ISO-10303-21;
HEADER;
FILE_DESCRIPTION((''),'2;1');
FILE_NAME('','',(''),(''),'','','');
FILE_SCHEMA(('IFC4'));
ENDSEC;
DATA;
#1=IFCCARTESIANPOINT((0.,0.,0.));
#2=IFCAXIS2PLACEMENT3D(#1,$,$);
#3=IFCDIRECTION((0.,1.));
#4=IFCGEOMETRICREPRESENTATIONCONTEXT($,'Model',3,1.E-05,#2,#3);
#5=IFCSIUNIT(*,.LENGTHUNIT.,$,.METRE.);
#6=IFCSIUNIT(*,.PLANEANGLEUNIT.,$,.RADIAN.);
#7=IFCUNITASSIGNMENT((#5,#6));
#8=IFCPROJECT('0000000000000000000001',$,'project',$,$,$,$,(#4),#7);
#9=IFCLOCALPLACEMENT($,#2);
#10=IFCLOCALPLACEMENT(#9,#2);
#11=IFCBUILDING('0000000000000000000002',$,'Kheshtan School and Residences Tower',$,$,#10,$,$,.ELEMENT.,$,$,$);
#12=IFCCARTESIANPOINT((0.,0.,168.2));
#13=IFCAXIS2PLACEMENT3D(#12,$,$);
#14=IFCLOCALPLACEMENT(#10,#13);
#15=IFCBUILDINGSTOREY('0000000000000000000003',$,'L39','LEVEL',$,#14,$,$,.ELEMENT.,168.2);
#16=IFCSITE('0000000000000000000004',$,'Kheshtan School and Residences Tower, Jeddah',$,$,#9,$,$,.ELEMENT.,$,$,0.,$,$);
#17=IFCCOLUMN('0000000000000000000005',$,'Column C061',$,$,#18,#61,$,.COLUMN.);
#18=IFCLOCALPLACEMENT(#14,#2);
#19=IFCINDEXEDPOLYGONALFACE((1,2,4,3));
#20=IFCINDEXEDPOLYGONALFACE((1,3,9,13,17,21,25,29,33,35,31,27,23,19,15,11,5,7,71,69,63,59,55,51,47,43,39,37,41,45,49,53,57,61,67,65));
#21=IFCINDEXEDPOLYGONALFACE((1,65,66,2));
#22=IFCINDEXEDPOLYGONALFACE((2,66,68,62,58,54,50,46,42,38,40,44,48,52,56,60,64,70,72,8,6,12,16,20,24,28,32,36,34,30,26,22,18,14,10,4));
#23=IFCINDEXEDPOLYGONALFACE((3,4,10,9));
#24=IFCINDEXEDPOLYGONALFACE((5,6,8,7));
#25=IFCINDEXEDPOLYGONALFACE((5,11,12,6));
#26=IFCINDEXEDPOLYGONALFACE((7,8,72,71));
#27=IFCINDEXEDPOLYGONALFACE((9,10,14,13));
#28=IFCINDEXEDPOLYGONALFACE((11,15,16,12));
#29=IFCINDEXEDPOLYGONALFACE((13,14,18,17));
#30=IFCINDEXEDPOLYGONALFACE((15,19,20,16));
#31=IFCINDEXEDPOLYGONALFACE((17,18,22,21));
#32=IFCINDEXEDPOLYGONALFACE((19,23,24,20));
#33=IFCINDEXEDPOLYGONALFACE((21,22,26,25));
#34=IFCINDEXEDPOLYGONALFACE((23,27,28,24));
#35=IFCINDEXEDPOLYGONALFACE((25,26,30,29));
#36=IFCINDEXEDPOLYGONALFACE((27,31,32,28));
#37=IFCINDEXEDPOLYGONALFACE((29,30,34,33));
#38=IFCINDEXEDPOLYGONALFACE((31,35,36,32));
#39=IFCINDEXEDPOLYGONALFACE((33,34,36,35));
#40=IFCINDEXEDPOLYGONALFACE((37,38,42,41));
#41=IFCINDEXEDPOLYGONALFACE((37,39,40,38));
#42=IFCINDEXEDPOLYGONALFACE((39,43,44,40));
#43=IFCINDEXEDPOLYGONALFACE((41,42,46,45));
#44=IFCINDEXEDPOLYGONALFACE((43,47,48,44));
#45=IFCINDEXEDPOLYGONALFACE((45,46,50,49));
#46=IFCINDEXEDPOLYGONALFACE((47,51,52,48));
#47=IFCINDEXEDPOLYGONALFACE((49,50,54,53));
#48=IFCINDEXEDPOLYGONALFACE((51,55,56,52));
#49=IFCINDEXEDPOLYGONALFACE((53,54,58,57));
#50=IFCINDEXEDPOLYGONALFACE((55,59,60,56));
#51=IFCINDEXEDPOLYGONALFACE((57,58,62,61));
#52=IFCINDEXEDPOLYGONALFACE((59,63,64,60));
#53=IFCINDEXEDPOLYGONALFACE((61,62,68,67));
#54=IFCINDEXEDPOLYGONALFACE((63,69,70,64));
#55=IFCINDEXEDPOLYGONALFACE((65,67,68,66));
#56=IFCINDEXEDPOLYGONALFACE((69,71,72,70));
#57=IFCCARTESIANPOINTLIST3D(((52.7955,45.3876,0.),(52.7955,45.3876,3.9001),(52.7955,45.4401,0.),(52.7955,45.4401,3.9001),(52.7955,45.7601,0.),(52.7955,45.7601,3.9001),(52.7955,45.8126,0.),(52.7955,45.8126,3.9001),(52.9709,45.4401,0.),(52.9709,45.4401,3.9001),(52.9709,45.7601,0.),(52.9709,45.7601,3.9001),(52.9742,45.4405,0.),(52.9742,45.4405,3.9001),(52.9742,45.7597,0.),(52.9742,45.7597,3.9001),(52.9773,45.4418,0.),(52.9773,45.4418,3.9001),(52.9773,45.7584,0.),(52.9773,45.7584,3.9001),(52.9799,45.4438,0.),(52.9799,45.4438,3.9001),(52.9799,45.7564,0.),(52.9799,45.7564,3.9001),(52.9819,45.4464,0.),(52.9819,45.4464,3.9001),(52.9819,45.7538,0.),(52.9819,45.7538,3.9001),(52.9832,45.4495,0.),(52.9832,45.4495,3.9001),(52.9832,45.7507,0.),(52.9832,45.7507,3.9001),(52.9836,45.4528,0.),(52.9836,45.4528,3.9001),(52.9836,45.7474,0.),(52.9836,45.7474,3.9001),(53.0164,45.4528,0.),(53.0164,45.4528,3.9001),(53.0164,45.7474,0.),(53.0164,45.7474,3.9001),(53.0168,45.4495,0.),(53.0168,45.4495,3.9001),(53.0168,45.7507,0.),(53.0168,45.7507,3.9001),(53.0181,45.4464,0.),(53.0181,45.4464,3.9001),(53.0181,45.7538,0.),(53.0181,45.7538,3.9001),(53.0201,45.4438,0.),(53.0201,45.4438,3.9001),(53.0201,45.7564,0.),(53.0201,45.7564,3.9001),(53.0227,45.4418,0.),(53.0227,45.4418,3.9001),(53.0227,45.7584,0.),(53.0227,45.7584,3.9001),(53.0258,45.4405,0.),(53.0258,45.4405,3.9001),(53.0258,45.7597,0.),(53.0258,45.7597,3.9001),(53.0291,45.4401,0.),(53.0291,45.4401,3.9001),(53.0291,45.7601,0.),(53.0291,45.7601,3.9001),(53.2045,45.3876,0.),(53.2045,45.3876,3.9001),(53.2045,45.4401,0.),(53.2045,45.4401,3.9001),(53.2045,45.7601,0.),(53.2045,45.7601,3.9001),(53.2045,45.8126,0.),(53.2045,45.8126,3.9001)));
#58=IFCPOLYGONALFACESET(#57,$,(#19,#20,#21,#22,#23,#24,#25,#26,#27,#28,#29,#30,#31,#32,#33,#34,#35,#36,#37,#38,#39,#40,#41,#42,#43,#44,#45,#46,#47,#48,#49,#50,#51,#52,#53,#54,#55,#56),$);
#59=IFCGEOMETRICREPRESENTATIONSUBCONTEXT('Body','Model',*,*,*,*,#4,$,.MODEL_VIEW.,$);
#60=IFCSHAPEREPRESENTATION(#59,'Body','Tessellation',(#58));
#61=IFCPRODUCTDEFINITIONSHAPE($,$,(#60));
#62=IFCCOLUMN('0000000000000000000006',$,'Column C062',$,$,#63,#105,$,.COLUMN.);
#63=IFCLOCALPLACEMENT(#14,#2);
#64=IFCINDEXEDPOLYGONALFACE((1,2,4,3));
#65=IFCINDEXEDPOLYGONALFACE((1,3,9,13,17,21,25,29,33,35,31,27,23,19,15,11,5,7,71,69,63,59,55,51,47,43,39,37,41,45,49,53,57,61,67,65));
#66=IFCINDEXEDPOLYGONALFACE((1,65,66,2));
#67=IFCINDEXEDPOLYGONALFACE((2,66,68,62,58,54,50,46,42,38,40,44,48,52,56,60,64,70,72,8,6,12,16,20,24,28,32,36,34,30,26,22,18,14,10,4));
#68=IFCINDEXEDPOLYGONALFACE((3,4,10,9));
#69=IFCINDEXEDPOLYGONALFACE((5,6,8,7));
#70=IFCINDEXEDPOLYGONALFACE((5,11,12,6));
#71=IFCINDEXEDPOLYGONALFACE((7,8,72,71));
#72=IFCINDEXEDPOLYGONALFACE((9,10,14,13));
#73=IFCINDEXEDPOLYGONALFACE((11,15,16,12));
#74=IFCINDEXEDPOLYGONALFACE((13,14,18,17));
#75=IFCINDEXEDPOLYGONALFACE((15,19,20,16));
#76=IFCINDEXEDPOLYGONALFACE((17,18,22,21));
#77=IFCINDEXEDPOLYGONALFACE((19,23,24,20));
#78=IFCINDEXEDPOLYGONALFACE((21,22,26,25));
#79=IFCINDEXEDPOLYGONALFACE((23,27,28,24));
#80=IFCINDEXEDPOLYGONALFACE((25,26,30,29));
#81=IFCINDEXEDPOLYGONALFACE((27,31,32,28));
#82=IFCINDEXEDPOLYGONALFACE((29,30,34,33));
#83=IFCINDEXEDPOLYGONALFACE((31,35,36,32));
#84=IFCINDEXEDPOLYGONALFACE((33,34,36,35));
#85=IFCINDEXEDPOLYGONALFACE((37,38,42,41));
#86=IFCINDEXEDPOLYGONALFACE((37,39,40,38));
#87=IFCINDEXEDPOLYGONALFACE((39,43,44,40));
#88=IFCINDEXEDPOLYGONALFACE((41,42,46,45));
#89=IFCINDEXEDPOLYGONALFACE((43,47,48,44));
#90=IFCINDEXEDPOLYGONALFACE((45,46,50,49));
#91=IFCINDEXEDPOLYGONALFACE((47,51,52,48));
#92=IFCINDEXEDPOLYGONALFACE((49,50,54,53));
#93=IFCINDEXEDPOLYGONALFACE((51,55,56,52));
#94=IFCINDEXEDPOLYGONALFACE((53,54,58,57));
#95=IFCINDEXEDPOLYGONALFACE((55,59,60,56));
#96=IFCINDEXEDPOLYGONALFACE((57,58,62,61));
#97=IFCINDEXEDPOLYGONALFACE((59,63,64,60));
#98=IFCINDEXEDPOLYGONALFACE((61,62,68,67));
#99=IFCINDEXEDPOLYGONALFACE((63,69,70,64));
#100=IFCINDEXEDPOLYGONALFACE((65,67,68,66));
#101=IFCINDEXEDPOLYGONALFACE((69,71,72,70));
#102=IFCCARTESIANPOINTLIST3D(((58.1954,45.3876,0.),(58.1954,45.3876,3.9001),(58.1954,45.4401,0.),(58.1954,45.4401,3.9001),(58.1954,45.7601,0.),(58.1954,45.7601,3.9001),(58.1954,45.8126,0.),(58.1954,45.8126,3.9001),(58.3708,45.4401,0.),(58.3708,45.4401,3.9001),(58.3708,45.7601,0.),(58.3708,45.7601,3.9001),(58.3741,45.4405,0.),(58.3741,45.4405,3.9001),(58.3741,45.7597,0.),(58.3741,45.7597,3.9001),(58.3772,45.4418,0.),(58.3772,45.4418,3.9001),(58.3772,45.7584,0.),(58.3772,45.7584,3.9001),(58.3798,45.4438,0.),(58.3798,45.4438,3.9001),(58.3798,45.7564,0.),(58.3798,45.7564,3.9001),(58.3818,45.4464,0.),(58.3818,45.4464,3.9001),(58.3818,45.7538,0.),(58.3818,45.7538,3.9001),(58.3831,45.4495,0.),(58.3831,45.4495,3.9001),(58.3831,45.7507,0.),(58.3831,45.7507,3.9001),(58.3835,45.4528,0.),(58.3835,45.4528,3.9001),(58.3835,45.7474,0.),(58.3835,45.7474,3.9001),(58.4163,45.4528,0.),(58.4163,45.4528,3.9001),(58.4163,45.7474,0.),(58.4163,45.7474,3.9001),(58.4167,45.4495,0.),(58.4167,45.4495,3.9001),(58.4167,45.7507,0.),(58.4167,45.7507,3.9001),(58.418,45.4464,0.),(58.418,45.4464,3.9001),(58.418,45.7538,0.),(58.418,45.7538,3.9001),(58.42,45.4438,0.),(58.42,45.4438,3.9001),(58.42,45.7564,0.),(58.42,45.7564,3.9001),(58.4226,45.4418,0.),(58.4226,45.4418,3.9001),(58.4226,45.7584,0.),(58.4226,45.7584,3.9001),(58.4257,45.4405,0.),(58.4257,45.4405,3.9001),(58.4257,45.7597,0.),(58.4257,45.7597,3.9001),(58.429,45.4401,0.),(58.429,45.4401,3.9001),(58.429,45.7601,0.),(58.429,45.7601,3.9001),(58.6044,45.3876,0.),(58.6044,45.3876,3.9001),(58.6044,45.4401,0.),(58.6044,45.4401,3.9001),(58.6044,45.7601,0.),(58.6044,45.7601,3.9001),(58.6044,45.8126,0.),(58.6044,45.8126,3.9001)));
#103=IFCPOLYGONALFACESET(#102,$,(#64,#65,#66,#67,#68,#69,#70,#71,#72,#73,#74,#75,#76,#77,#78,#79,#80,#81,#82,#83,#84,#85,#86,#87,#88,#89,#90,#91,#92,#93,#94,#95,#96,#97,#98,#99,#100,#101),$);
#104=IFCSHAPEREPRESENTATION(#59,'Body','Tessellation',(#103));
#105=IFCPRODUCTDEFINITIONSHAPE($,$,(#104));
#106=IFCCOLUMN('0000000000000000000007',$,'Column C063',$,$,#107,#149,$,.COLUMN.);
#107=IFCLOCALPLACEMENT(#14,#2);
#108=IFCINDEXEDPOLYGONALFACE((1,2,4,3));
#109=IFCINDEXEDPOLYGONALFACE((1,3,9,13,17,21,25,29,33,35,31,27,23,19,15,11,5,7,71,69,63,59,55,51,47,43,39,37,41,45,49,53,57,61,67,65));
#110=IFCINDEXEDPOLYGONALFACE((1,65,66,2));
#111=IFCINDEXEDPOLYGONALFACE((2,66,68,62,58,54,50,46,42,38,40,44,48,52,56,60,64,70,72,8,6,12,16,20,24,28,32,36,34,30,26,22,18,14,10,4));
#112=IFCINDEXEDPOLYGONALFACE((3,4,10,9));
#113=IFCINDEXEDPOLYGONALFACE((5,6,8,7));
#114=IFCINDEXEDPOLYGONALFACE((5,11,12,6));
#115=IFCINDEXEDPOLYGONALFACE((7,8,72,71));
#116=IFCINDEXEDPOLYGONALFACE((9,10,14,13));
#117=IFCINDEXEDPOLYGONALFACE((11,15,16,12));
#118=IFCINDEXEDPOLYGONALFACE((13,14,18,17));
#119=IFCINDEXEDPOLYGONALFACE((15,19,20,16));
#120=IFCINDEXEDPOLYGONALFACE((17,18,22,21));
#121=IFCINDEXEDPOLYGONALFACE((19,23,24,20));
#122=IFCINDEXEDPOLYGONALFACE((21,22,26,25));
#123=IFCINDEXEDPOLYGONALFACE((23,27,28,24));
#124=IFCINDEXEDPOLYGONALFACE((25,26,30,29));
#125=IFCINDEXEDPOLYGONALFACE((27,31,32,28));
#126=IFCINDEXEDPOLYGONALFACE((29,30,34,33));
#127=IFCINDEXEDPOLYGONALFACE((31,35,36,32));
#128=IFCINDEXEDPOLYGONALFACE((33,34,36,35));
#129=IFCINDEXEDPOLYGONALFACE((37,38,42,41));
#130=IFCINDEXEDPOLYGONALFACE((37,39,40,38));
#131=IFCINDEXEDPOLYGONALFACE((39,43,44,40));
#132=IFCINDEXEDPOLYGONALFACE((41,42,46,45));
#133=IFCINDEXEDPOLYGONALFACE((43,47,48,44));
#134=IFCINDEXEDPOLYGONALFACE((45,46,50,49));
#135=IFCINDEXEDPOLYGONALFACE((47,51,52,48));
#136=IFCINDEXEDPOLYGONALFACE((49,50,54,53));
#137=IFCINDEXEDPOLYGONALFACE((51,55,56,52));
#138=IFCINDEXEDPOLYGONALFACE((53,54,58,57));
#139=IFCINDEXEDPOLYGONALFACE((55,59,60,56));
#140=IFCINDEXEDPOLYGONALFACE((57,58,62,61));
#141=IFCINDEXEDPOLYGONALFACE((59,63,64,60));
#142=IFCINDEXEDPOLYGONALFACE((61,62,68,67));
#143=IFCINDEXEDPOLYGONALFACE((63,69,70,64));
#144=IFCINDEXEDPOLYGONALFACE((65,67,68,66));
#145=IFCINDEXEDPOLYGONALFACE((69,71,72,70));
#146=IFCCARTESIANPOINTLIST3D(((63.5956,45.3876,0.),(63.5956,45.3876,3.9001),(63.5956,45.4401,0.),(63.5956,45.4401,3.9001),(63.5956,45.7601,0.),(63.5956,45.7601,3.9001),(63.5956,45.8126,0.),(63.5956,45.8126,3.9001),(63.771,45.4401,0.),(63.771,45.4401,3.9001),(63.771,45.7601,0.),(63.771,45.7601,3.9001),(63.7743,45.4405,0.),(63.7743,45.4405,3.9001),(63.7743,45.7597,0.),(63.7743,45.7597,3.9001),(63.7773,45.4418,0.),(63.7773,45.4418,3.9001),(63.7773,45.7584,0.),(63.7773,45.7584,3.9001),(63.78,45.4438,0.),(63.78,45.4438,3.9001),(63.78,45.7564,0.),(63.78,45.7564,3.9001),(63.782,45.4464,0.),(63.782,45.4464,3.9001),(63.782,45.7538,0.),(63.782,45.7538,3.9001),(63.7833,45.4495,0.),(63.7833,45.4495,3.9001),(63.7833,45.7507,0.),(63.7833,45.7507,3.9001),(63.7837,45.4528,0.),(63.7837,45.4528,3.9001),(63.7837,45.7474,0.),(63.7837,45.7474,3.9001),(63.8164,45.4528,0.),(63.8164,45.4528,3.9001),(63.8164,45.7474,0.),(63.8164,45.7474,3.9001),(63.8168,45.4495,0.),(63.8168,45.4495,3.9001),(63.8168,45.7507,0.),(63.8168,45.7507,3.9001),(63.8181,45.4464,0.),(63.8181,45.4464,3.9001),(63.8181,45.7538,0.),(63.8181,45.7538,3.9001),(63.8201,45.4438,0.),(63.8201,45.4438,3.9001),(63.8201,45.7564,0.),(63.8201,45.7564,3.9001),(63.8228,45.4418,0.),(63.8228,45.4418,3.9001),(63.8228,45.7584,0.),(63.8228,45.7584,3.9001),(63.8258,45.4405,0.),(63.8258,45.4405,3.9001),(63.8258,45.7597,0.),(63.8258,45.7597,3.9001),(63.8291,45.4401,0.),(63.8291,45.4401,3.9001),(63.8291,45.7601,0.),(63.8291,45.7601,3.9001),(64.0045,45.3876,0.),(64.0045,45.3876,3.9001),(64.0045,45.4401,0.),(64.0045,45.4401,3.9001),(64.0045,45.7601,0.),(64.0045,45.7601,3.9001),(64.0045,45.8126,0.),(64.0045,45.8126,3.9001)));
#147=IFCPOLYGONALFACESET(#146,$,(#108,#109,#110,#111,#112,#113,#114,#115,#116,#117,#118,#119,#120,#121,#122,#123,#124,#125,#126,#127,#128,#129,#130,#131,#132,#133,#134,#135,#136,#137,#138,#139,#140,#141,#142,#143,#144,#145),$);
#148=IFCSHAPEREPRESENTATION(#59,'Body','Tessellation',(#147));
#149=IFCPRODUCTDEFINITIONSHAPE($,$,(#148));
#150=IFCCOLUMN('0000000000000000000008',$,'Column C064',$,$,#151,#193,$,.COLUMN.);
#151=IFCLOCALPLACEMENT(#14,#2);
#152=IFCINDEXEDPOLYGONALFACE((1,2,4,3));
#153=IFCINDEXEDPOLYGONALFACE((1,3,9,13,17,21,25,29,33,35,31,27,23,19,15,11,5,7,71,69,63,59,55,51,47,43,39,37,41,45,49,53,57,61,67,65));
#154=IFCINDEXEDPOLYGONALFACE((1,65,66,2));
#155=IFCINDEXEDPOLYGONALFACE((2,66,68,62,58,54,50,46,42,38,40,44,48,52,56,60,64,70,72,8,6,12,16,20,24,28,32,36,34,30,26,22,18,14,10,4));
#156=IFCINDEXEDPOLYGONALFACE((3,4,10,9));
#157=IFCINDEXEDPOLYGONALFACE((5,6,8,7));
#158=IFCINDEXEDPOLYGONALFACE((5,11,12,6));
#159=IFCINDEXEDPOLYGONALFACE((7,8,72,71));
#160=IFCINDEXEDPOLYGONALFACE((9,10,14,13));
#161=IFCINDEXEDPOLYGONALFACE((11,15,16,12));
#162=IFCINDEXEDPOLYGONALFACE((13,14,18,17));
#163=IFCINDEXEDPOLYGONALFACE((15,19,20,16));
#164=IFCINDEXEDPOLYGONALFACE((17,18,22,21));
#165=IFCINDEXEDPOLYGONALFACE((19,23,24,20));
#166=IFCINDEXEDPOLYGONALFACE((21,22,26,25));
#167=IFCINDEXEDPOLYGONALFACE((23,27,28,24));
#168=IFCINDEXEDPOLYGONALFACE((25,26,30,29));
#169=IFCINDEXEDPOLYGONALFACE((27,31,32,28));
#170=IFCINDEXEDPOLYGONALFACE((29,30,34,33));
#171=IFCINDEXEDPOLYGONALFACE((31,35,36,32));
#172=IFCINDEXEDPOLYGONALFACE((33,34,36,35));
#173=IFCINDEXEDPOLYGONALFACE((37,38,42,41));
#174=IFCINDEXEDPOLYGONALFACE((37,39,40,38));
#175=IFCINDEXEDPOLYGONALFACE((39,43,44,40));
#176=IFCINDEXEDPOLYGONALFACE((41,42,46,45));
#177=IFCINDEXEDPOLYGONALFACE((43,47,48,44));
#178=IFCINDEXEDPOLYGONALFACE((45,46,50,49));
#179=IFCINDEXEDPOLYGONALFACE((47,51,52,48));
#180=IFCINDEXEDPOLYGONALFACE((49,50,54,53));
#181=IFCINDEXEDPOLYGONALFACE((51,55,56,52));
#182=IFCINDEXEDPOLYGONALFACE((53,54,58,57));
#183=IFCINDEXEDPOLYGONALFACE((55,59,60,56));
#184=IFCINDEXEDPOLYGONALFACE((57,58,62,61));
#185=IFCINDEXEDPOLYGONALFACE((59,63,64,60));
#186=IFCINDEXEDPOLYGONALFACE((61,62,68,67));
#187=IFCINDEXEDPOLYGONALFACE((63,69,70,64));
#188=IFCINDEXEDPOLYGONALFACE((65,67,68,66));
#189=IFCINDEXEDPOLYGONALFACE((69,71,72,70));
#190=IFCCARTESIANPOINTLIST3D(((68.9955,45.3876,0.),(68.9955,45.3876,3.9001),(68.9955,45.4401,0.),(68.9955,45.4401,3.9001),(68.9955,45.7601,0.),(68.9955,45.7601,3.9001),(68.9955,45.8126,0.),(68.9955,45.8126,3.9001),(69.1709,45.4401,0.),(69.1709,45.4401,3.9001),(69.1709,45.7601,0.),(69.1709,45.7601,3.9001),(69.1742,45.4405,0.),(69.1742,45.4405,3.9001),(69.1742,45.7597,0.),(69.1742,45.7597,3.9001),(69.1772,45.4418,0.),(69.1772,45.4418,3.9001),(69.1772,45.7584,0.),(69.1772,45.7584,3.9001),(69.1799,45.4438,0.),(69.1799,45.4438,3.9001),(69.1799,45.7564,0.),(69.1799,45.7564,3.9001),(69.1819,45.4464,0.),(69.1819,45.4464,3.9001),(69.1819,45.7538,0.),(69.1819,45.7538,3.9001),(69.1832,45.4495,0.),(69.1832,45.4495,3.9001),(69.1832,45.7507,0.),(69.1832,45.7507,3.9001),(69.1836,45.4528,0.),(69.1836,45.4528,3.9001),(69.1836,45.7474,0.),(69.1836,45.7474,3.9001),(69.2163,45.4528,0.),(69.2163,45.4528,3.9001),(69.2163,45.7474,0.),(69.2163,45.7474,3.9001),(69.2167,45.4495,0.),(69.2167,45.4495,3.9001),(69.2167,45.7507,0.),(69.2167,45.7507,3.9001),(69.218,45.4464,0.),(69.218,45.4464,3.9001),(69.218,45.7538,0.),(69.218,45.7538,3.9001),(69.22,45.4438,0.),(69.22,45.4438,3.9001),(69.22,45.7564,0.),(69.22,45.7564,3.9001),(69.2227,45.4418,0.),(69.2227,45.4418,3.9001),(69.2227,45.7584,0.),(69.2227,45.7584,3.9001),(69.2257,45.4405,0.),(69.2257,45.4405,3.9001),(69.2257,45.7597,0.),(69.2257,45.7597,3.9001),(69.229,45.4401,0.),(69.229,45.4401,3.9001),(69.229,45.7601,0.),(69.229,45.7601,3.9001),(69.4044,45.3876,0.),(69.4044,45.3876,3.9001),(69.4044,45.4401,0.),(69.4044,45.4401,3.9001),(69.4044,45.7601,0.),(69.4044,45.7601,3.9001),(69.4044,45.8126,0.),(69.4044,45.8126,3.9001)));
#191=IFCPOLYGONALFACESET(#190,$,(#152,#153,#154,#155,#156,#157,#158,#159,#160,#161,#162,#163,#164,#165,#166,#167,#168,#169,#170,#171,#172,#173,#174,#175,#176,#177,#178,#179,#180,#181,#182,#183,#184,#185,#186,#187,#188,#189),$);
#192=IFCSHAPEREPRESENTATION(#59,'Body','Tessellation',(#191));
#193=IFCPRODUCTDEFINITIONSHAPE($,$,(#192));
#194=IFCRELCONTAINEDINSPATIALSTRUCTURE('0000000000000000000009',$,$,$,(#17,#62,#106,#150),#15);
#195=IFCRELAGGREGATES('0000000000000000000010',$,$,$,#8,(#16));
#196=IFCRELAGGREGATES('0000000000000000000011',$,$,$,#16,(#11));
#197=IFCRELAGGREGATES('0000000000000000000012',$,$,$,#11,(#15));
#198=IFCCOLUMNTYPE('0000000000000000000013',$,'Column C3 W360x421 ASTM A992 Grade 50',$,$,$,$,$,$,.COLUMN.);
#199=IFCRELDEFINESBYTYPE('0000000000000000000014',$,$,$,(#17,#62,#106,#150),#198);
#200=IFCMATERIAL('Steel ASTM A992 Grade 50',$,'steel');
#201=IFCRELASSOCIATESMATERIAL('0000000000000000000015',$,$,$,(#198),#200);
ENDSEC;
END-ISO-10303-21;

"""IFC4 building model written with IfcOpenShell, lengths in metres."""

from ifc_helpers import new_model, si_unit, direction, frame, origin, origin_2d, place, context, subcontext, project, spatial, i_section, extrude, material, material_profile, profile_set, type_object, element, save


model = new_model("IFC4")

# Units and contexts
model_context = context("Model", 3, precision=1e-05, world=origin(), true_north=direction((0.0, 1.0)))
body_context = subcontext(model_context, "Body", "Model", "MODEL_VIEW")
ifc_project = project(units=[si_unit("LENGTHUNIT", "METRE"), si_unit("PLANEANGLEUNIT", "RADIAN")], contexts=[model_context])

# Site, building, storey
site_placement = place(None, origin())
site = spatial("IfcSite", under=ifc_project, at=site_placement, Name="Kheshtan School and Residences Tower, Jeddah", CompositionType="ELEMENT", RefElevation=0.0)
building_placement = place(site_placement, origin())
building = spatial("IfcBuilding", under=site, at=building_placement, Name="Kheshtan School and Residences Tower", CompositionType="ELEMENT")
storey_placement = place(building_placement, frame((0.0, 0.0, 168.2)))
storey = spatial("IfcBuildingStorey", under=building, at=storey_placement, Name="L39", Description="LEVEL", CompositionType="ELEMENT", Elevation=168.2)

# Columns
ifc_material_1 = material(Name="Steel ASTM A992 Grade 50", Category="steel")
ifc_material_profile_1 = material_profile(ifc_material_1, i_section(OverallWidth=0.4089, OverallDepth=0.425, WebThickness=0.0327, FlangeThickness=0.0525, FilletRadius=0.0127, at=origin_2d()), Name="W360x421")
ifc_profile_set_1 = profile_set([ifc_material_profile_1], Name="Steel ASTM A992 Grade 50")
column_type_1 = type_object("IfcColumnType", Name="Column C3 W360x421 ASTM A992 Grade 50", PredefinedType="COLUMN", material=ifc_profile_set_1)
for number, where, z_axis, x_axis, name in (
    (1, (53.0, 45.6001, 0.0), (0.0, 0.0, 1.0), (1.0, 0.0, 0.0), "Column C061"),
    (2, (58.3999, 45.6001, 0.0), (0.0, 0.0, 1.0), (1.0, 0.0, 0.0), "Column C062"),
    (3, (63.8, 45.6001, 0.0), (0.0, 0.0, 1.0), (1.0, 0.0, 0.0), "Column C063"),
    (4, (69.2, 45.6001, 0.0), (0.0, 0.0, 1.0), (1.0, 0.0, 0.0), "Column C064"),
):
    element("IfcColumn", number, at=place(storey_placement, frame(where, z_axis=z_axis, x_axis=x_axis)), inside=storey, type_object=column_type_1, Name=name, PredefinedType="COLUMN", context=body_context, shape_type="SweptSolid", body=[
        extrude(i_section(OverallWidth=0.4089, OverallDepth=0.425, WebThickness=0.0327, FlangeThickness=0.0525, FilletRadius=0.0127, at=origin_2d()), origin(), (0.0, 0.0, 1.0), 3.9001),
    ])

save(model, "model.ifc")
